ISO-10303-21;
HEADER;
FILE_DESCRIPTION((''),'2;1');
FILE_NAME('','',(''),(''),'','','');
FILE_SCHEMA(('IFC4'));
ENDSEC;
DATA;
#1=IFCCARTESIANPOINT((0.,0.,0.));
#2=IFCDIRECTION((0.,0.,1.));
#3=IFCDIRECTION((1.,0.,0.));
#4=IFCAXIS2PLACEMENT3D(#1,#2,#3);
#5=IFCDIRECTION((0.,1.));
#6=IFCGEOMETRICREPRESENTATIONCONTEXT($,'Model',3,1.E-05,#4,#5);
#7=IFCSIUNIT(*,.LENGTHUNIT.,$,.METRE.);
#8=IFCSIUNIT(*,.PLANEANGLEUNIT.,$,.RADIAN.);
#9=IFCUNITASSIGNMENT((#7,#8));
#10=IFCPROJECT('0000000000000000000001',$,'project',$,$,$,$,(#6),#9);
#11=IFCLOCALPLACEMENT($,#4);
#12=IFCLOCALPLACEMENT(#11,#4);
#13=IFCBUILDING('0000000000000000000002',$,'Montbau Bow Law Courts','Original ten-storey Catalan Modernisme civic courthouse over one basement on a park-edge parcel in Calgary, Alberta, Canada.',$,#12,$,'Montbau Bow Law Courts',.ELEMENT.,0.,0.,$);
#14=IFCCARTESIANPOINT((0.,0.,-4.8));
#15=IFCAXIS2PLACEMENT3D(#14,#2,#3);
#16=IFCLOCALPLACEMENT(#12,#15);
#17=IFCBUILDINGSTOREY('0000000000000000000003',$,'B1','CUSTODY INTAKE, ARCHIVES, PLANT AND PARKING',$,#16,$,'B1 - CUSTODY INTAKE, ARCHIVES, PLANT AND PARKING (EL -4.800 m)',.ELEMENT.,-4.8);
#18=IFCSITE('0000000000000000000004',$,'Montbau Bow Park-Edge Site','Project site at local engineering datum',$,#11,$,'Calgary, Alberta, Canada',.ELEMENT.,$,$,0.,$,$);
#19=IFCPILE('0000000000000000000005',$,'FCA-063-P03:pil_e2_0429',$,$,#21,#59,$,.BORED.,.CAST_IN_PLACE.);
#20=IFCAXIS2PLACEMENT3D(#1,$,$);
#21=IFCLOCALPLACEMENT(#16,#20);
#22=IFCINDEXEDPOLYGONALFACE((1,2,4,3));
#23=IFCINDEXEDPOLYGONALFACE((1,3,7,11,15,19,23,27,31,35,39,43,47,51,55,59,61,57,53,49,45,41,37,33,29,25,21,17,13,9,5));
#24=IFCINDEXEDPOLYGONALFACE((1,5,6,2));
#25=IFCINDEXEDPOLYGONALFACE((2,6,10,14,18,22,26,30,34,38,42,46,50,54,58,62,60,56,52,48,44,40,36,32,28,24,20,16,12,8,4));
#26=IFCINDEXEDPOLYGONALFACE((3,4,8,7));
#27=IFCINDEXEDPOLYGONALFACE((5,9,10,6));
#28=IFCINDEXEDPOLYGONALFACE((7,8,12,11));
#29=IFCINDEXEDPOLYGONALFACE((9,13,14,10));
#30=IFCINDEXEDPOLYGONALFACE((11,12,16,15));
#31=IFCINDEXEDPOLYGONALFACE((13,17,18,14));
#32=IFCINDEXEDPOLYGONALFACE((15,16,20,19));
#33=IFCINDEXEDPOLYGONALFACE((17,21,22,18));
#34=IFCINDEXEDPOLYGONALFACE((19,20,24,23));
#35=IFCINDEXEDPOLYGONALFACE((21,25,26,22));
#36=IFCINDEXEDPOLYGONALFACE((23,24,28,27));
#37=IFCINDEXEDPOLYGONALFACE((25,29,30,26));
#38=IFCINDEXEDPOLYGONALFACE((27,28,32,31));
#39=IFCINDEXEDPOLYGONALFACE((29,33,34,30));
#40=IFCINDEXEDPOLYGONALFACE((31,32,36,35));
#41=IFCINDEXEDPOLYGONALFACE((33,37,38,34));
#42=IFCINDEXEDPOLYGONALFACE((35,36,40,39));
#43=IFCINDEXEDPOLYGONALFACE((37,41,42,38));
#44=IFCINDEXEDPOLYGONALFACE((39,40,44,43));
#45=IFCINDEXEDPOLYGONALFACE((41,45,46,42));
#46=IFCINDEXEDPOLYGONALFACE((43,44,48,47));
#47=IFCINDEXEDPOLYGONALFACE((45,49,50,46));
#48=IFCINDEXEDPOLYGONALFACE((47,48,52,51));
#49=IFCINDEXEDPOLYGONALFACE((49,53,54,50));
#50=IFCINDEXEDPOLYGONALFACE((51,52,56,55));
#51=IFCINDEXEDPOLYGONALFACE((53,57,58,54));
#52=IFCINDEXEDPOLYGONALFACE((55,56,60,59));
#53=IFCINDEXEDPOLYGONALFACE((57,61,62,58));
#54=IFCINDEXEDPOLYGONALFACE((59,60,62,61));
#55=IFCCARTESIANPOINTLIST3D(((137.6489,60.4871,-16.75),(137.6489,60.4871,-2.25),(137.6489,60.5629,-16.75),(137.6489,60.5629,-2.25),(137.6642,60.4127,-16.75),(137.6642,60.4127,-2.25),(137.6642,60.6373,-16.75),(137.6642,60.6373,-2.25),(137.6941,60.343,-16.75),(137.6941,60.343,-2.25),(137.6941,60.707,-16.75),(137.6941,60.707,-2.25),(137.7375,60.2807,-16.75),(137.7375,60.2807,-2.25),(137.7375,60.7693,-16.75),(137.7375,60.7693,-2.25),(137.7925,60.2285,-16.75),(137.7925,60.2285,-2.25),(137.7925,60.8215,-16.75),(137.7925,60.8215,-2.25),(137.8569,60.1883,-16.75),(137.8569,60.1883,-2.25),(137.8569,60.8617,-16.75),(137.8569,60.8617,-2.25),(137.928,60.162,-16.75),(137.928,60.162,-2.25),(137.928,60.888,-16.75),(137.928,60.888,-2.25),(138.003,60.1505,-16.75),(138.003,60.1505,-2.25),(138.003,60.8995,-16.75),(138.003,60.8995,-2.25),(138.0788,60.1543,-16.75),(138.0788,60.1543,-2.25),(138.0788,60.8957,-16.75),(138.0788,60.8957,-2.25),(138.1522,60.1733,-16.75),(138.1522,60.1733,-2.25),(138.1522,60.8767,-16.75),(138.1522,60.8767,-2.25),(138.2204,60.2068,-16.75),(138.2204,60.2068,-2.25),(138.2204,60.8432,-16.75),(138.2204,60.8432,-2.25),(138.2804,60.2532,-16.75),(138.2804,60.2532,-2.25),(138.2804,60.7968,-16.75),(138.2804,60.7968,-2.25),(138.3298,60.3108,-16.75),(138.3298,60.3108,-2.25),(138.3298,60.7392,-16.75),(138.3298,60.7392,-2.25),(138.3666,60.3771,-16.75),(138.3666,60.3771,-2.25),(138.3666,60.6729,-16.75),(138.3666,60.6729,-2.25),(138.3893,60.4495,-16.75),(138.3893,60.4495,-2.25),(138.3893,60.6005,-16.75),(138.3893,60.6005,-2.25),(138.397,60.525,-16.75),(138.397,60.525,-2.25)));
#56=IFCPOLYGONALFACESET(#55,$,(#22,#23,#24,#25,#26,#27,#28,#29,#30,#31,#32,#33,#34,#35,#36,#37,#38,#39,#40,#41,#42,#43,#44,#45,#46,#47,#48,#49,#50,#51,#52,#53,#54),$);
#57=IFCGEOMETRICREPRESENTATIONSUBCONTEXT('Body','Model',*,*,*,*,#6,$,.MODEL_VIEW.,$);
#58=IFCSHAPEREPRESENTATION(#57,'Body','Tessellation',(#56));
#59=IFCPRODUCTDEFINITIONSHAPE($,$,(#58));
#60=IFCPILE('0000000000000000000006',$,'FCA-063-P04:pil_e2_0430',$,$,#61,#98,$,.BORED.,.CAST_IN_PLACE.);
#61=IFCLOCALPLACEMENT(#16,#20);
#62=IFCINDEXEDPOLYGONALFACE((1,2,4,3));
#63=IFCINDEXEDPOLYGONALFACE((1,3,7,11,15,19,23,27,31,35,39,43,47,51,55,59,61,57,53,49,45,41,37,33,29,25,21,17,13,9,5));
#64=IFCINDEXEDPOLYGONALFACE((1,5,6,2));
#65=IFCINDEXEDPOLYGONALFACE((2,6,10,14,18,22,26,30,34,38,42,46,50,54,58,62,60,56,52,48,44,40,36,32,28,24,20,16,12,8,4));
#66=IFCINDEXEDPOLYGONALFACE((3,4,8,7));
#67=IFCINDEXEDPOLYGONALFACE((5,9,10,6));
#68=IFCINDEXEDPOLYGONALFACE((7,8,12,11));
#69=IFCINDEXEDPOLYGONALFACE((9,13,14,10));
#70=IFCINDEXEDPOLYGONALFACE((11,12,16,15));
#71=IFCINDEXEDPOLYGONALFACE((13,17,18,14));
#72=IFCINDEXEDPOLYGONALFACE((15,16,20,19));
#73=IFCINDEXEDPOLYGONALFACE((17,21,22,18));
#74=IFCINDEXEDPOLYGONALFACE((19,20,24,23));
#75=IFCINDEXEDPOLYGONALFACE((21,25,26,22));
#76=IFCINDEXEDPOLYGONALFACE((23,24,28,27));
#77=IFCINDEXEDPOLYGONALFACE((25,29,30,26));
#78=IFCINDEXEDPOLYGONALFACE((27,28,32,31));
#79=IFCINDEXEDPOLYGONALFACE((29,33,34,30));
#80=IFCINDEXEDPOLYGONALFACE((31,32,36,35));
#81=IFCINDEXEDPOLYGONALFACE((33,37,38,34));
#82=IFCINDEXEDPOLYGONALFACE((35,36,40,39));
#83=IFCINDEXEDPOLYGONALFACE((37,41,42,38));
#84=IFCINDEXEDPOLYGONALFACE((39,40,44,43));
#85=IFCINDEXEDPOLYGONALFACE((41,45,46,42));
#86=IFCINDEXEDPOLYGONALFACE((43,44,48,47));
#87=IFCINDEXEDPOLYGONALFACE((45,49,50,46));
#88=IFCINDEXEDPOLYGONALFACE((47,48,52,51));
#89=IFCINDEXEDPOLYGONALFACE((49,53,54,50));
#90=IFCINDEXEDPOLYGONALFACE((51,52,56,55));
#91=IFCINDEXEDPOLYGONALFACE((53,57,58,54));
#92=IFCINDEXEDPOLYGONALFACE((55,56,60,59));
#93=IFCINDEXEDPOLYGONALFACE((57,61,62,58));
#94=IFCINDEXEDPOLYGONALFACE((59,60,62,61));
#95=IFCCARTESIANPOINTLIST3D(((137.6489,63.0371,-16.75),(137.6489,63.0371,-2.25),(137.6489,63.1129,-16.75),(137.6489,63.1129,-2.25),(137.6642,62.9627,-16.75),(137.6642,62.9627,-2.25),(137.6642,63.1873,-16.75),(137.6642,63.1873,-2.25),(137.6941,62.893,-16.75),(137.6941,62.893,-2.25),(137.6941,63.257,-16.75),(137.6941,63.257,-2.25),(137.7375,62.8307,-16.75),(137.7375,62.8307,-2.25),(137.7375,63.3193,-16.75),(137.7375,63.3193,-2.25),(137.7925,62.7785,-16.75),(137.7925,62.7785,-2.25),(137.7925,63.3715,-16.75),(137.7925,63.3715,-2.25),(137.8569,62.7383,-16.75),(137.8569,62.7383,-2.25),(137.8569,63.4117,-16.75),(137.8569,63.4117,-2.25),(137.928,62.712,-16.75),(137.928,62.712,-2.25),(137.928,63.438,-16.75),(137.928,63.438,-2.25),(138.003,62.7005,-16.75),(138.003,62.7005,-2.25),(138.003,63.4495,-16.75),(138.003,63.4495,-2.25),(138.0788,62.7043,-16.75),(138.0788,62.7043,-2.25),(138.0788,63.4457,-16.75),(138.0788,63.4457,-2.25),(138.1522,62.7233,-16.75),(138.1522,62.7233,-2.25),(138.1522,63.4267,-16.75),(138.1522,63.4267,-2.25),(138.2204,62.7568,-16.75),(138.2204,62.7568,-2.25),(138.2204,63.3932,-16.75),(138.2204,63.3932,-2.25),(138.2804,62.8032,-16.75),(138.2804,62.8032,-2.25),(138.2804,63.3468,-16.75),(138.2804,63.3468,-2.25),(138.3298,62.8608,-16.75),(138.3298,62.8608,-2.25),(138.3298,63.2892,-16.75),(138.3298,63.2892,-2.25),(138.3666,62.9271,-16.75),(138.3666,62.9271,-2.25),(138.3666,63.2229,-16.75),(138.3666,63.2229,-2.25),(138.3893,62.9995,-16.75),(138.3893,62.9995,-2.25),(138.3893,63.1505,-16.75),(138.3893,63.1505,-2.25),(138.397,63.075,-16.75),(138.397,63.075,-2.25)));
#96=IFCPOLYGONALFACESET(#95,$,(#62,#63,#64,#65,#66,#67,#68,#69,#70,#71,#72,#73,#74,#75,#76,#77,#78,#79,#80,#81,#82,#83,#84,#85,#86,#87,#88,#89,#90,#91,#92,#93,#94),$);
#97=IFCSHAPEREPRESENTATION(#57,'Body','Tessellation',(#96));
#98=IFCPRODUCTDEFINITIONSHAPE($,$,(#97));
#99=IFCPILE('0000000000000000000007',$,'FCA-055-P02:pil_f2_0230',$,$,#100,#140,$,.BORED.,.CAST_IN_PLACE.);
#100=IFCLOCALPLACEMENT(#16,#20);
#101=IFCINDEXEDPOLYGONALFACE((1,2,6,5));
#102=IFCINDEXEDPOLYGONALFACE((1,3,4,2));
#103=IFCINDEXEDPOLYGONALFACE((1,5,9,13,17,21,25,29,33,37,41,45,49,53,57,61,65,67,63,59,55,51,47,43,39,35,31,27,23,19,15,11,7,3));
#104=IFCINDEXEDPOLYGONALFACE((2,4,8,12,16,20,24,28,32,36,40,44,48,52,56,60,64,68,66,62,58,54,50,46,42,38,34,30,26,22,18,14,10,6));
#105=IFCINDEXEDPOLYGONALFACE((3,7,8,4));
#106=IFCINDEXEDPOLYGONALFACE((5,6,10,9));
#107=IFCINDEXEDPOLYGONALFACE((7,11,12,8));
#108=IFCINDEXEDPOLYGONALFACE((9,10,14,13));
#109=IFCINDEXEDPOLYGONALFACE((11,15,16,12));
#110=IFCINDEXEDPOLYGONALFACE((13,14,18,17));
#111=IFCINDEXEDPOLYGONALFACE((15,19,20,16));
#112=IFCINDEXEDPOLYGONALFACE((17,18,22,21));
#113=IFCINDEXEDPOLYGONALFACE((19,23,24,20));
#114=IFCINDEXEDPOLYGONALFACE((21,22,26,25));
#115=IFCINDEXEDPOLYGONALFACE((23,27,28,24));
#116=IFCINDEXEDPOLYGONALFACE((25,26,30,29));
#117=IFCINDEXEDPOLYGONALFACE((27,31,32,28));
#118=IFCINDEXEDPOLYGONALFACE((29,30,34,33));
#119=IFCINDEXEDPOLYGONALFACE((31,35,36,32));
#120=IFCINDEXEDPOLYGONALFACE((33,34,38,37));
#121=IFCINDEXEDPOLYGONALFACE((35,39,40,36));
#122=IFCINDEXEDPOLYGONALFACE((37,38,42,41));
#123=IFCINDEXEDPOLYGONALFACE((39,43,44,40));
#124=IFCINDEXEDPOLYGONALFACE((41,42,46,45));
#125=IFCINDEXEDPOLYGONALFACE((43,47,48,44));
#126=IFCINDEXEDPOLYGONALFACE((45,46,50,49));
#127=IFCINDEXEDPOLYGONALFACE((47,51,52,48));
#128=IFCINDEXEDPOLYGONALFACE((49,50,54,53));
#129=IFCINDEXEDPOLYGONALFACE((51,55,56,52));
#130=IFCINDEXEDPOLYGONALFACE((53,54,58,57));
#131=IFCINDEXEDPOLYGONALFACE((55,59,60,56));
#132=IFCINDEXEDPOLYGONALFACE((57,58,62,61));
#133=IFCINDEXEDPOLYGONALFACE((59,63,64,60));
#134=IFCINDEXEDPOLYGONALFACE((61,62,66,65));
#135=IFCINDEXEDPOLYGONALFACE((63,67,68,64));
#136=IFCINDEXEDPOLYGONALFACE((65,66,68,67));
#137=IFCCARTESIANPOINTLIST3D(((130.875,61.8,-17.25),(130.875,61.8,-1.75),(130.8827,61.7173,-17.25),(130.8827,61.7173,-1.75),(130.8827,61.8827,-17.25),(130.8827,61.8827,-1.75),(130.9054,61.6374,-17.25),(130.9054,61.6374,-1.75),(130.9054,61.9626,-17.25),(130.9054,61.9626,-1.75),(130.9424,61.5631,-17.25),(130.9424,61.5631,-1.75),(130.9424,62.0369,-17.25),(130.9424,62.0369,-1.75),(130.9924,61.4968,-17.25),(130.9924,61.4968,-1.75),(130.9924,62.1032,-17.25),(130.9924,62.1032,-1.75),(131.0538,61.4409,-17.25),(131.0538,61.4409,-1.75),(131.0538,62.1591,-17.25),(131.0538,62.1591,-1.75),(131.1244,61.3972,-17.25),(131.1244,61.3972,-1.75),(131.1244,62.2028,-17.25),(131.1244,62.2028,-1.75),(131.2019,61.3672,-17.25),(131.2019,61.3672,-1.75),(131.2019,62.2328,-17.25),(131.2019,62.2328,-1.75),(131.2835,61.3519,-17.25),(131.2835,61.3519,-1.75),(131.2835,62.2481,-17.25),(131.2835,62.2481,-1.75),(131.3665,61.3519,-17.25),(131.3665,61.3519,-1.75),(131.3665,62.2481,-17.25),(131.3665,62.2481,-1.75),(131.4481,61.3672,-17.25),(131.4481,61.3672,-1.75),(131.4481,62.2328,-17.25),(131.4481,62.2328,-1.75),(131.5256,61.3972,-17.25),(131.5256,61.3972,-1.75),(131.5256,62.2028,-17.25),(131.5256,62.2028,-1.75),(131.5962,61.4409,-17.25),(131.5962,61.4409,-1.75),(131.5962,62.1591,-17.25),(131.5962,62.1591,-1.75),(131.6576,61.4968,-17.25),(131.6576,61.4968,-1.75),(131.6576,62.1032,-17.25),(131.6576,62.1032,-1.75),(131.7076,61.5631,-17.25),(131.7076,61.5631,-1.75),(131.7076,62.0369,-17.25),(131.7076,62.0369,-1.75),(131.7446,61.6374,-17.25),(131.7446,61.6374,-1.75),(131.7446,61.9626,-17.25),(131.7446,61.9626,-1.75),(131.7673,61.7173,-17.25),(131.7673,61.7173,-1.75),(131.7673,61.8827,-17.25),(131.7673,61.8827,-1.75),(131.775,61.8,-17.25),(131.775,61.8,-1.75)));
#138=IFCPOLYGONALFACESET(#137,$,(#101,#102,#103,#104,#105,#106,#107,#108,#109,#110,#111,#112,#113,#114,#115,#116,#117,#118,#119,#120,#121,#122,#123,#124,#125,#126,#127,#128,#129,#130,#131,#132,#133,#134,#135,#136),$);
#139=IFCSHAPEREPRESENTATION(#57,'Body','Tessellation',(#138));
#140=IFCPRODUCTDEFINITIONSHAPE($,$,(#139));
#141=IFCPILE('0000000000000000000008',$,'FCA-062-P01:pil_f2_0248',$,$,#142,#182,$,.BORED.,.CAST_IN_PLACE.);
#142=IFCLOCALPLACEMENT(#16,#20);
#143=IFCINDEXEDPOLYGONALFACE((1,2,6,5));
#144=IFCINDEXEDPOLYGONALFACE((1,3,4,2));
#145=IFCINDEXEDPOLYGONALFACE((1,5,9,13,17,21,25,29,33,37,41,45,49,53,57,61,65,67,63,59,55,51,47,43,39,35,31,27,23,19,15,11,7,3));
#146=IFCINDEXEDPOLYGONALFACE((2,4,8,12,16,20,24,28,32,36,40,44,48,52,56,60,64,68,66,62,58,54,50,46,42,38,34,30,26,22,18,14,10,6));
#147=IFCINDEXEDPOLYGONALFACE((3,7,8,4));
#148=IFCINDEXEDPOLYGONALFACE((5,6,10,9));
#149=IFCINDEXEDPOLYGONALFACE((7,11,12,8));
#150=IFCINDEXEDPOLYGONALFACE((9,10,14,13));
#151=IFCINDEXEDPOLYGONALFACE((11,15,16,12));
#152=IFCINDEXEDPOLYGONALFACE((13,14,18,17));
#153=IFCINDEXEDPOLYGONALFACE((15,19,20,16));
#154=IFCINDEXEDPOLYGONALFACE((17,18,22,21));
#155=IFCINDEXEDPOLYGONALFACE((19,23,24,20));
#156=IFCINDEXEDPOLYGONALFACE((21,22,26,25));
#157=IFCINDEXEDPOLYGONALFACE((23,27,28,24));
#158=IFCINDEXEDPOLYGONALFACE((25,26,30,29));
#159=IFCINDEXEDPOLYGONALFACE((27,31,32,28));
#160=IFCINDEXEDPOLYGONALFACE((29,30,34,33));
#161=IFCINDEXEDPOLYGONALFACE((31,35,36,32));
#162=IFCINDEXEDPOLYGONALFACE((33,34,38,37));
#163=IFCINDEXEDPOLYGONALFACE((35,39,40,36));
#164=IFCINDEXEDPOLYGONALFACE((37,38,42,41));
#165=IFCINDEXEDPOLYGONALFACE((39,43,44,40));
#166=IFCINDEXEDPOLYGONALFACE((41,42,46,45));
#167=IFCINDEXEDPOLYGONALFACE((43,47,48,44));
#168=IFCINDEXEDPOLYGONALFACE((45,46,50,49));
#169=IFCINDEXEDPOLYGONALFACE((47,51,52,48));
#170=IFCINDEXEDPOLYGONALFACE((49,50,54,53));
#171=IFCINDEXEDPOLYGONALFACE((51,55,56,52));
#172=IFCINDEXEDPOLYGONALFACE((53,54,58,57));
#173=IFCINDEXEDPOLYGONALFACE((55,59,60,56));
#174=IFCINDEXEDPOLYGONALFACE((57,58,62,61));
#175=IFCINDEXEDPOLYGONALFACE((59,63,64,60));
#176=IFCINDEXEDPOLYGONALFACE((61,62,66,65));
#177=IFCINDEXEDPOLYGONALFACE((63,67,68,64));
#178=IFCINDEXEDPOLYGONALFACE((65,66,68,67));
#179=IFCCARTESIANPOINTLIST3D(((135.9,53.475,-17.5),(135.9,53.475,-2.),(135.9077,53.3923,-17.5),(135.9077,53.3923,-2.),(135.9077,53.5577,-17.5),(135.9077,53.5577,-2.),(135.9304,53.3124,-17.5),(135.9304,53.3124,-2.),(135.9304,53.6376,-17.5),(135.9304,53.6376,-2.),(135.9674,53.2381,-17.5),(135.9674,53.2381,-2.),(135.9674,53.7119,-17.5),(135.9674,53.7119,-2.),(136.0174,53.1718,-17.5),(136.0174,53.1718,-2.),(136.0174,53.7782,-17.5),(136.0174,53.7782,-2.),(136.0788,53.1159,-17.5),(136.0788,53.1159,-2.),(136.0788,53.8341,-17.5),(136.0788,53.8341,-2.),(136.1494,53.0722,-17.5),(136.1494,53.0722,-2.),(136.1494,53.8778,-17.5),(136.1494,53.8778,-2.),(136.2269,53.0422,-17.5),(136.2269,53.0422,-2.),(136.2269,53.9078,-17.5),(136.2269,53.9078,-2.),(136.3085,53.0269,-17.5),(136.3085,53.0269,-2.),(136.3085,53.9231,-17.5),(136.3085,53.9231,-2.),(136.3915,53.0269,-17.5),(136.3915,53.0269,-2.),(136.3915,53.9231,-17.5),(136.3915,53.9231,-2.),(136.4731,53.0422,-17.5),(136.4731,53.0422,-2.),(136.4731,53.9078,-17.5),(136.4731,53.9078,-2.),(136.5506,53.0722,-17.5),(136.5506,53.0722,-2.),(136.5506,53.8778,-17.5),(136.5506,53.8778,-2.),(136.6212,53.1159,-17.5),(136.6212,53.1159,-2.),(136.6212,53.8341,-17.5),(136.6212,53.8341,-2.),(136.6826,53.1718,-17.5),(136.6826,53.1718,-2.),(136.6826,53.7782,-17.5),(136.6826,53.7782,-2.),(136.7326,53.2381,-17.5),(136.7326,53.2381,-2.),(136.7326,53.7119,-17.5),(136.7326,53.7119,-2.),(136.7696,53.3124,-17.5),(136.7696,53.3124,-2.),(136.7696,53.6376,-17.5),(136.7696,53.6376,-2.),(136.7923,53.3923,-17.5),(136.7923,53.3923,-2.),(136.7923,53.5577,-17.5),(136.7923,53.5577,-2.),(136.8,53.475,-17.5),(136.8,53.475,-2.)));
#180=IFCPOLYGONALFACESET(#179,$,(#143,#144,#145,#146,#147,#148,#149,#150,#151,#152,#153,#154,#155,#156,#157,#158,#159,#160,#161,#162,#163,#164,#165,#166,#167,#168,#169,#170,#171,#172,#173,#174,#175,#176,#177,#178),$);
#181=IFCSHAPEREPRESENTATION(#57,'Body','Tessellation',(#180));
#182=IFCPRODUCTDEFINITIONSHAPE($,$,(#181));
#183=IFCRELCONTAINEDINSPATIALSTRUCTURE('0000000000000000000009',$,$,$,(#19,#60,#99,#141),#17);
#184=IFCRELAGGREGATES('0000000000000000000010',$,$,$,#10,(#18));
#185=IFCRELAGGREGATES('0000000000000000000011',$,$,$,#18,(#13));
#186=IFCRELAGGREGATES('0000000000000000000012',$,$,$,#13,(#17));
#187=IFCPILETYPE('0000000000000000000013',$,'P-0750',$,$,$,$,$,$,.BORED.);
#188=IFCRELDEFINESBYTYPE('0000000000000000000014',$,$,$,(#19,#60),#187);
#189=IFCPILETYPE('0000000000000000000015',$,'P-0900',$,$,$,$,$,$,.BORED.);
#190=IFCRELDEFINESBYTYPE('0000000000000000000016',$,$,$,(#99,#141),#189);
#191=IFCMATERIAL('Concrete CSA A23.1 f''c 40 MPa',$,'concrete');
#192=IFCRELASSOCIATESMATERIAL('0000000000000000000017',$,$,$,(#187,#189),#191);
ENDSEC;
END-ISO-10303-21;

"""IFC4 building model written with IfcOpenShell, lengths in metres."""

from ifc_helpers import new_model, si_unit, direction, frame, origin_with_axes, origin_2d_with_axis, place, context, subcontext, project, spatial, circle, extrude, material, material_profile, profile_set, type_object, element, save


model = new_model("IFC4")

# Units and contexts
model_context = context("Model", 3, precision=1e-05, world=origin_with_axes(), true_north=direction((0.0, 1.0)))
body_context = subcontext(model_context, "Body", "Model", "MODEL_VIEW")
ifc_project = project(units=[si_unit("LENGTHUNIT", "METRE"), si_unit("PLANEANGLEUNIT", "RADIAN")], contexts=[model_context])

# Site, building, storey
site_placement = place(None, origin_with_axes())
site = spatial("IfcSite", under=ifc_project, at=site_placement, Name="Montbau Bow Park-Edge Site", Description="Project site at local engineering datum", LongName="Calgary, Alberta, Canada", CompositionType="ELEMENT", RefElevation=0.0)
building_placement = place(site_placement, origin_with_axes())
building = spatial("IfcBuilding", under=site, at=building_placement, Name="Montbau Bow Law Courts", Description="Original ten-storey Catalan Modernisme civic courthouse over one basement on a park-edge parcel in Calgary, Alberta, Canada.", LongName="Montbau Bow Law Courts", CompositionType="ELEMENT", ElevationOfRefHeight=0.0, ElevationOfTerrain=0.0)
storey_placement = place(building_placement, frame((0.0, 0.0, -4.8), z_axis=(0.0, 0.0, 1.0), x_axis=(1.0, 0.0, 0.0)))
storey = spatial("IfcBuildingStorey", under=building, at=storey_placement, Name="B1", Description="CUSTODY INTAKE, ARCHIVES, PLANT AND PARKING", LongName="B1 - CUSTODY INTAKE, ARCHIVES, PLANT AND PARKING (EL -4.800 m)", CompositionType="ELEMENT", Elevation=-4.8)

# Piles
ifc_material_1 = material(Name="Concrete CSA A23.1 f'c 40 MPa", Category="concrete")
ifc_material_profile_1 = material_profile(ifc_material_1, circle(Radius=0.375, at=origin_2d_with_axis()), Name="BP750", Category="Main", Priority=0)
ifc_profile_set_1 = profile_set([ifc_material_profile_1], Name="Concrete CSA A23.1 f'c 40 MPa")
pile_type_1 = type_object("IfcPileType", Name="P-0750", PredefinedType="BORED", material=ifc_profile_set_1)
for number, where, z_axis, x_axis, name in (
    (1, (138.022, 60.525, -21.55), (0.0, 0.0, 1.0), (1.0, 0.0, 0.0), "FCA-063-P03:pil_e2_0429"),
    (2, (138.022, 63.075, -21.55), (0.0, 0.0, 1.0), (1.0, 0.0, 0.0), "FCA-063-P04:pil_e2_0430"),
):
    element("IfcPile", number, at=place(None, frame(where, z_axis=z_axis, x_axis=x_axis)), inside=storey, type_object=pile_type_1, Name=name, ConstructionType="CAST_IN_PLACE", PredefinedType="BORED", context=body_context, shape_type="SweptSolid", body=[
        extrude(circle(Radius=0.375, at=origin_2d_with_axis()), origin_with_axes(), (0.0, 0.0, 1.0), 14.5),
    ])
ifc_material_profile_2 = material_profile(ifc_material_1, circle(Radius=0.45, at=origin_2d_with_axis()), Name="BP900", Category="Main", Priority=0)
ifc_profile_set_2 = profile_set([ifc_material_profile_2], Name="Concrete CSA A23.1 f'c 40 MPa")
pile_type_2 = type_object("IfcPileType", Name="P-0900", PredefinedType="BORED", material=ifc_profile_set_2)
for number, where, z_axis, x_axis, name in (
    (3, (131.325, 61.8, -22.05), (0.0, 0.0, 1.0), (1.0, 0.0, 0.0), "FCA-055-P02:pil_f2_0230"),
    (4, (136.35, 53.475, -22.3), (0.0, 0.0, 1.0), (1.0, 0.0, 0.0), "FCA-062-P01:pil_f2_0248"),
):
    element("IfcPile", number, at=place(None, frame(where, z_axis=z_axis, x_axis=x_axis)), inside=storey, type_object=pile_type_2, Name=name, ConstructionType="CAST_IN_PLACE", PredefinedType="BORED", context=body_context, shape_type="SweptSolid", body=[
        extrude(circle(Radius=0.45, at=origin_2d_with_axis()), origin_with_axes(), (0.0, 0.0, 1.0), 15.5),
    ])

save(model, "model.ifc")
